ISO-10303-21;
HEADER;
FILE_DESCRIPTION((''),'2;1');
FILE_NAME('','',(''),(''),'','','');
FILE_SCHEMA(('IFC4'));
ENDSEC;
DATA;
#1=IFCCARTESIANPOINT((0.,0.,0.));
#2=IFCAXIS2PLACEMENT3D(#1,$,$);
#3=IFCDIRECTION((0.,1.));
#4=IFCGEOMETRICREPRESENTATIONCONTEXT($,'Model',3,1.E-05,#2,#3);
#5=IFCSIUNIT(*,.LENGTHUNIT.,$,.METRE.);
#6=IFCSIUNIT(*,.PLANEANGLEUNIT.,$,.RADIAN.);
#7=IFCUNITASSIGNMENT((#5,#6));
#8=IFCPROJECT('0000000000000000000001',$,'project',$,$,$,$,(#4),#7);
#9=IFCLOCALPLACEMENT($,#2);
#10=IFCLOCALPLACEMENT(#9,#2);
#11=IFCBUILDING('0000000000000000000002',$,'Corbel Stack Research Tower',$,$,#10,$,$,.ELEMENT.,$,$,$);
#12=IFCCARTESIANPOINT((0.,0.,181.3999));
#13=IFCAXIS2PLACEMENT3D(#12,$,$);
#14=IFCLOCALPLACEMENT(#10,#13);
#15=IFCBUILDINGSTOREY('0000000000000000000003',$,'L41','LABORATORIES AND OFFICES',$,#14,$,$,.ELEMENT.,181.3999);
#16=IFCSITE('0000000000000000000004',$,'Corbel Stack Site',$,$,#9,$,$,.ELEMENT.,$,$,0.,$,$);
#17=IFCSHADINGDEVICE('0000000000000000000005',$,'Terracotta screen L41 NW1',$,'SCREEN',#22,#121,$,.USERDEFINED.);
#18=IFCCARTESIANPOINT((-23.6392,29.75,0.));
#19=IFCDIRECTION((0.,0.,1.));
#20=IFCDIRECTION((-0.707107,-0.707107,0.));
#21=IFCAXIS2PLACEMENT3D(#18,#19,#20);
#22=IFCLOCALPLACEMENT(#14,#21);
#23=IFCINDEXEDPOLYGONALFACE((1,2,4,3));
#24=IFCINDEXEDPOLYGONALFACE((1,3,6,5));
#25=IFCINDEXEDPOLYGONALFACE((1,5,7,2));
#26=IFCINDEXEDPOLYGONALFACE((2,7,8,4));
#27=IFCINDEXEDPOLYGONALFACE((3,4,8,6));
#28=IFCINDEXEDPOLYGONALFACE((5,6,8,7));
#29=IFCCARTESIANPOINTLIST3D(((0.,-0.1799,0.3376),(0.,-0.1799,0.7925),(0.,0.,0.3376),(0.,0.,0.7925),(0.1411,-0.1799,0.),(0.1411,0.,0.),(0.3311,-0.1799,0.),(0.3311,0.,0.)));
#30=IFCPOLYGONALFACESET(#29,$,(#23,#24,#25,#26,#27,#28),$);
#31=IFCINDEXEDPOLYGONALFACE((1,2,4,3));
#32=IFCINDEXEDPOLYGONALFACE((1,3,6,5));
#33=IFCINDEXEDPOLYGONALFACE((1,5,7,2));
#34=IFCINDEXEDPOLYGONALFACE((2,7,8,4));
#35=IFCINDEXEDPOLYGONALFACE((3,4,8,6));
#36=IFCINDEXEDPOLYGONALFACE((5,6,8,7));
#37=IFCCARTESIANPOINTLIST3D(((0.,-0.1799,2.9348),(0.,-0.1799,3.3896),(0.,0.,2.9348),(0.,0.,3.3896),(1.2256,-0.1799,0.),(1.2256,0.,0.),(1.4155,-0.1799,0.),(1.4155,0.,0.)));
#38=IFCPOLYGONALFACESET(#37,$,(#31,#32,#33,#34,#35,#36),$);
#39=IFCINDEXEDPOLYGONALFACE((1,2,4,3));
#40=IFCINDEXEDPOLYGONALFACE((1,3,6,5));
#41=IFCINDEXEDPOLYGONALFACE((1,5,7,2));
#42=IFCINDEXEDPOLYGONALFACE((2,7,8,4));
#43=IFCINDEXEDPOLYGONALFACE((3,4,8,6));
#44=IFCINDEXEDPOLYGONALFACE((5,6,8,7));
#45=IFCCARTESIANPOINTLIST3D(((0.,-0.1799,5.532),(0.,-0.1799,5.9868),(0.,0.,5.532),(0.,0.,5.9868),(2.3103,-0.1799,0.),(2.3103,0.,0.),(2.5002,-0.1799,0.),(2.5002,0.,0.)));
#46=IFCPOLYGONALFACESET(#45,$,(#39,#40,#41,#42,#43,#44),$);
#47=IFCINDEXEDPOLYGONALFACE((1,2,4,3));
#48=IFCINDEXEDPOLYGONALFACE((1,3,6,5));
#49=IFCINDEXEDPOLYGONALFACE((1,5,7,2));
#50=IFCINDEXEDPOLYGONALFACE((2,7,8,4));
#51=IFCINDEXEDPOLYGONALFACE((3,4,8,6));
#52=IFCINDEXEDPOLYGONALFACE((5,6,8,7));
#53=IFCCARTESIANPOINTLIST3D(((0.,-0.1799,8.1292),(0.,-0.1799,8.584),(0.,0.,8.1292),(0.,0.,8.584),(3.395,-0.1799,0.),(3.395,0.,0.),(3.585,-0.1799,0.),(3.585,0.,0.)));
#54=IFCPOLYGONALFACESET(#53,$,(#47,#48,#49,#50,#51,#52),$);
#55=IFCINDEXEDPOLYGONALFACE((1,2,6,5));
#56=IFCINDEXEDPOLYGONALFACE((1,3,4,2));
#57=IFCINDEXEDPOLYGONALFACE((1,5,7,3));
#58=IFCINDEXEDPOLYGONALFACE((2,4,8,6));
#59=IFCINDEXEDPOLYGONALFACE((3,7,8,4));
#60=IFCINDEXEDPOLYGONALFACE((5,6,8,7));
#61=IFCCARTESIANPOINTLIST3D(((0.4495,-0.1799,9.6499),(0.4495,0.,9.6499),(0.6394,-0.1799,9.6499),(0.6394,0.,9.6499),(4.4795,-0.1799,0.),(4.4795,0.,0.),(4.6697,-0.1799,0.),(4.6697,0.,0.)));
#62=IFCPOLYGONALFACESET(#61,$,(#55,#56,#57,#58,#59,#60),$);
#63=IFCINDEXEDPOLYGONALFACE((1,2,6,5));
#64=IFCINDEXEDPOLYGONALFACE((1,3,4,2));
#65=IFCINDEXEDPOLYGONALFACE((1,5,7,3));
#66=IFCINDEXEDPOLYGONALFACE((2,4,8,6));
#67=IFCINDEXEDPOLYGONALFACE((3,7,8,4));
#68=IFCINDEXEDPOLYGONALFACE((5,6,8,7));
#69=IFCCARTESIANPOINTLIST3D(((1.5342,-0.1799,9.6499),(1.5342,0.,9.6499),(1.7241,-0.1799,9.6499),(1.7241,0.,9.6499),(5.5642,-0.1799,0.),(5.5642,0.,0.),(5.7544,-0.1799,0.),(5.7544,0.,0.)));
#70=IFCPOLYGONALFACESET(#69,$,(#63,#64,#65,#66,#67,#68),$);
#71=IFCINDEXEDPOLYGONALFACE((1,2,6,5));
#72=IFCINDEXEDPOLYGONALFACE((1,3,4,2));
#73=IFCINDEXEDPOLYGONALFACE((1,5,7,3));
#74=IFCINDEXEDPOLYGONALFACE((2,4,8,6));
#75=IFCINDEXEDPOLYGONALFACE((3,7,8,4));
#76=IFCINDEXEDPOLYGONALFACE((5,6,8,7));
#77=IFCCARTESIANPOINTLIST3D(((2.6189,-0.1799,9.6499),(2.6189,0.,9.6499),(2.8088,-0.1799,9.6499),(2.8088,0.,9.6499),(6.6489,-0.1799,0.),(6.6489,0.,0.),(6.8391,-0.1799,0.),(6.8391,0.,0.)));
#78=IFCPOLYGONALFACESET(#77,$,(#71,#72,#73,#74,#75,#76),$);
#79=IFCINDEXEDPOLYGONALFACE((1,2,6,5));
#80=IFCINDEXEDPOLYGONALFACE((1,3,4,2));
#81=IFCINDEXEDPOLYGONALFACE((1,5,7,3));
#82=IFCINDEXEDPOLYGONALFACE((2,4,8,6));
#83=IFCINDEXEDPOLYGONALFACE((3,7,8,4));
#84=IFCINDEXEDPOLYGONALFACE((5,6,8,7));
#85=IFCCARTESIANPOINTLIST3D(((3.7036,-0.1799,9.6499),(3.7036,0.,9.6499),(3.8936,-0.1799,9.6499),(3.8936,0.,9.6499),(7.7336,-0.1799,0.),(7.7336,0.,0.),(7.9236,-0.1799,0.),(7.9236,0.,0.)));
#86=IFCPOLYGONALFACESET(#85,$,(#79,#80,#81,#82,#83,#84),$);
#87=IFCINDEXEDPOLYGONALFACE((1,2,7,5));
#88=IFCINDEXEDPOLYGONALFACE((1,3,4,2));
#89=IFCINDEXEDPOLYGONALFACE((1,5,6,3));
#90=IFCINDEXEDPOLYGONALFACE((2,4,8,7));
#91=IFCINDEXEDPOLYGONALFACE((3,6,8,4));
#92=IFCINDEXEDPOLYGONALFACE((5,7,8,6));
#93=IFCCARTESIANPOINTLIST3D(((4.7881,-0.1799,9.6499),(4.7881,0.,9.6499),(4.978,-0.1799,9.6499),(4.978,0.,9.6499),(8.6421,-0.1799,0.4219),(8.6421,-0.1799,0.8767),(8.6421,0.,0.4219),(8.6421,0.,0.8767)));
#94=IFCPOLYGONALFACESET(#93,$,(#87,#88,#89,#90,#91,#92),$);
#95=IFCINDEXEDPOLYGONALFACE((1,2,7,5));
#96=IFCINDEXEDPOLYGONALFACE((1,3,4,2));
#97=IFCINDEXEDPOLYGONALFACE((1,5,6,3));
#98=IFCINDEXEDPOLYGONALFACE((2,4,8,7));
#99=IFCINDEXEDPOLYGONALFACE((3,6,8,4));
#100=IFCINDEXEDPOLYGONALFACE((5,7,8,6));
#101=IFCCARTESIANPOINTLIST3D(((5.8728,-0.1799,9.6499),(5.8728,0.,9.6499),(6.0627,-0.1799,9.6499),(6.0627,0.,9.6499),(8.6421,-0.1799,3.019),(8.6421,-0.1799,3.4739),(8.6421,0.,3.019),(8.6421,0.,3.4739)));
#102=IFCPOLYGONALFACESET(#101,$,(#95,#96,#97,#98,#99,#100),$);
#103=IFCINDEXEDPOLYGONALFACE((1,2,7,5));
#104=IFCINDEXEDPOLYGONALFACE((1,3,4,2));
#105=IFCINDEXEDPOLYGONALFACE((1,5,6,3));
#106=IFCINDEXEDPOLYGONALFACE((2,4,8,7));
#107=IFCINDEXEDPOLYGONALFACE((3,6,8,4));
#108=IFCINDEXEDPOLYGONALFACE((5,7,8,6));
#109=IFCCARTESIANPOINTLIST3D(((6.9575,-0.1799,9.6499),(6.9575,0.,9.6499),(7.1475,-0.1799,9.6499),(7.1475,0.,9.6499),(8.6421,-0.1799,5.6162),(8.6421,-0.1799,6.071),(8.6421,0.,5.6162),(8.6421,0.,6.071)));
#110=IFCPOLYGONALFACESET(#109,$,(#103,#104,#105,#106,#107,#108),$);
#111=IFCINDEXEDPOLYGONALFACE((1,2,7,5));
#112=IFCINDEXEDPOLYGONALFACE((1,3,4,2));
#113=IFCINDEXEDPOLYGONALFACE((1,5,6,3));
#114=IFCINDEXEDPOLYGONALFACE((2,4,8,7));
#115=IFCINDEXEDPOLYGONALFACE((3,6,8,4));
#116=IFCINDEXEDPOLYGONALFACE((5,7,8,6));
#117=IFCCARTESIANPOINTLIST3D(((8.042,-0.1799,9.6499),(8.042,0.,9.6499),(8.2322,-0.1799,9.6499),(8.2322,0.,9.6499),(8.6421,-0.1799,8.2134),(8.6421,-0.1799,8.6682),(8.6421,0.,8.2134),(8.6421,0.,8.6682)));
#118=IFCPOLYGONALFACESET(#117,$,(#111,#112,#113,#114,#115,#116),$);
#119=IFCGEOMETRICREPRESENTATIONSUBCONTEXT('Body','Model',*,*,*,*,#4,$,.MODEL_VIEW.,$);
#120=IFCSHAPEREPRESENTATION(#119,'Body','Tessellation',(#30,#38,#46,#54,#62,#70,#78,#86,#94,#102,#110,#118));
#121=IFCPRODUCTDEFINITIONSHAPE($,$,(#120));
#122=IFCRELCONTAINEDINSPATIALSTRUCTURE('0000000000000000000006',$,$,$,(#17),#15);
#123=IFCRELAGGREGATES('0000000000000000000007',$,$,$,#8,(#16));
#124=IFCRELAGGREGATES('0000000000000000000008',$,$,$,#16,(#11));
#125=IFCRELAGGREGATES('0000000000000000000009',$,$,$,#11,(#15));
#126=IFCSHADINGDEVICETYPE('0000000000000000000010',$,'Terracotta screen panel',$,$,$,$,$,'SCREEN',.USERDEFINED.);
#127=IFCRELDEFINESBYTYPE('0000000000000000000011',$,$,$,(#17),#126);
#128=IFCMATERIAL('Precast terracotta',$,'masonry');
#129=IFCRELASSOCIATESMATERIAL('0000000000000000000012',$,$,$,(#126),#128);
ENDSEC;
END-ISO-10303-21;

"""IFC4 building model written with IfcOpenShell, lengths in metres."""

from ifc_helpers import new_model, si_unit, direction, frame, origin, place, context, subcontext, project, spatial, polyline, outline, extrude, source, transform, mapped, material, type_object, element, save


model = new_model("IFC4")

# Units and contexts
model_context = context("Model", 3, precision=1e-05, world=origin(), true_north=direction((0.0, 1.0)))
body_context = subcontext(model_context, "Body", "Model", "MODEL_VIEW")
ifc_project = project(units=[si_unit("LENGTHUNIT", "METRE"), si_unit("PLANEANGLEUNIT", "RADIAN")], contexts=[model_context])

# Site, building, storey
site_placement = place(None, origin())
site = spatial("IfcSite", under=ifc_project, at=site_placement, Name="Corbel Stack Site", CompositionType="ELEMENT", RefElevation=0.0)
building_placement = place(site_placement, origin())
building = spatial("IfcBuilding", under=site, at=building_placement, Name="Corbel Stack Research Tower", CompositionType="ELEMENT")
storey_placement = place(building_placement, frame((0.0, 0.0, 181.3999)))
storey = spatial("IfcBuildingStorey", under=building, at=storey_placement, Name="L41", Description="LABORATORIES AND OFFICES", CompositionType="ELEMENT", Elevation=181.3999)

# Shading device
ifc_material_1 = material(Name="Precast terracotta", Category="masonry")
shading_device_type = type_object("IfcShadingDeviceType", Name="Terracotta screen panel", ElementType="SCREEN", PredefinedType="USERDEFINED", material=ifc_material_1)
shared_shape_1 = source(origin(), body_context, "Body", "SweptSolid", [
    extrude(outline(polyline([(0.3311, 0.0), (0.0, 0.7925), (0.0, 0.3376), (0.1411, 0.0), (0.3311, 0.0)])), frame((0.0, 0.0, 0.0), z_axis=(0.0, -1.0, 0.0), x_axis=(1.0, 0.0, 0.0)), (0.0, 0.0, 1.0), 0.1799),
    extrude(outline(polyline([(1.4155, 0.0), (0.0, 3.3896), (0.0, 2.9348), (1.2256, 0.0), (1.4155, 0.0)])), frame((0.0, 0.0, 0.0), z_axis=(0.0, -1.0, 0.0), x_axis=(1.0, 0.0, 0.0)), (0.0, 0.0, 1.0), 0.1799),
    extrude(outline(polyline([(2.5002, 0.0), (0.0, 5.9868), (0.0, 5.532), (2.3103, 0.0), (2.5002, 0.0)])), frame((0.0, 0.0, 0.0), z_axis=(0.0, -1.0, 0.0), x_axis=(1.0, 0.0, 0.0)), (0.0, 0.0, 1.0), 0.1799),
    extrude(outline(polyline([(3.585, 0.0), (0.0, 8.584), (0.0, 8.1292), (3.395, 0.0), (3.585, 0.0)])), frame((0.0, 0.0, 0.0), z_axis=(0.0, -1.0, 0.0), x_axis=(1.0, 0.0, 0.0)), (0.0, 0.0, 1.0), 0.1799),
    extrude(outline(polyline([(4.6697, 0.0), (0.6394, 9.6499), (0.4495, 9.6499), (4.4795, 0.0), (4.6697, 0.0)])), frame((0.0, 0.0, 0.0), z_axis=(0.0, -1.0, 0.0), x_axis=(1.0, 0.0, 0.0)), (0.0, 0.0, 1.0), 0.1799),
    extrude(outline(polyline([(5.7544, 0.0), (1.7241, 9.6499), (1.5342, 9.6499), (5.5642, 0.0), (5.7544, 0.0)])), frame((0.0, 0.0, 0.0), z_axis=(0.0, -1.0, 0.0), x_axis=(1.0, 0.0, 0.0)), (0.0, 0.0, 1.0), 0.1799),
    extrude(outline(polyline([(6.8391, 0.0), (2.8088, 9.6499), (2.6189, 9.6499), (6.6489, 0.0), (6.8391, 0.0)])), frame((0.0, 0.0, 0.0), z_axis=(0.0, -1.0, 0.0), x_axis=(1.0, 0.0, 0.0)), (0.0, 0.0, 1.0), 0.1799),
    extrude(outline(polyline([(7.9236, 0.0), (3.8936, 9.6499), (3.7036, 9.6499), (7.7336, 0.0), (7.9236, 0.0)])), frame((0.0, 0.0, 0.0), z_axis=(0.0, -1.0, 0.0), x_axis=(1.0, 0.0, 0.0)), (0.0, 0.0, 1.0), 0.1799),
    extrude(outline(polyline([(4.978, 9.6499), (4.7881, 9.6499), (8.6421, 0.4219), (8.6421, 0.8767), (4.978, 9.6499)])), frame((0.0, 0.0, 0.0), z_axis=(0.0, -1.0, 0.0), x_axis=(1.0, 0.0, 0.0)), (0.0, 0.0, 1.0), 0.1799),
    extrude(outline(polyline([(6.0627, 9.6499), (5.8728, 9.6499), (8.6421, 3.019), (8.6421, 3.4739), (6.0627, 9.6499)])), frame((0.0, 0.0, 0.0), z_axis=(0.0, -1.0, 0.0), x_axis=(1.0, 0.0, 0.0)), (0.0, 0.0, 1.0), 0.1799),
    extrude(outline(polyline([(7.1475, 9.6499), (6.9575, 9.6499), (8.6421, 5.6162), (8.6421, 6.071), (7.1475, 9.6499)])), frame((0.0, 0.0, 0.0), z_axis=(0.0, -1.0, 0.0), x_axis=(1.0, 0.0, 0.0)), (0.0, 0.0, 1.0), 0.1799),
    extrude(outline(polyline([(8.2322, 9.6499), (8.042, 9.6499), (8.6421, 8.2134), (8.6421, 8.6682), (8.2322, 9.6499)])), frame((0.0, 0.0, 0.0), z_axis=(0.0, -1.0, 0.0), x_axis=(1.0, 0.0, 0.0)), (0.0, 0.0, 1.0), 0.1799),
])
shading_device_1_placement = place(storey_placement, frame((-23.6392, 29.75, 0.0), z_axis=(0.0, 0.0, 1.0), x_axis=(-0.707107, -0.707107, 0.0)))
element("IfcShadingDevice", 1, at=shading_device_1_placement, inside=storey, type_object=shading_device_type, Name="Terracotta screen L41 NW1", ObjectType="SCREEN", PredefinedType="USERDEFINED", context=body_context, shape_type="MappedRepresentation", body=[
    mapped(shared_shape_1, transform((0.0, 0.0, 0.0))),
])

save(model, "model.ifc")
